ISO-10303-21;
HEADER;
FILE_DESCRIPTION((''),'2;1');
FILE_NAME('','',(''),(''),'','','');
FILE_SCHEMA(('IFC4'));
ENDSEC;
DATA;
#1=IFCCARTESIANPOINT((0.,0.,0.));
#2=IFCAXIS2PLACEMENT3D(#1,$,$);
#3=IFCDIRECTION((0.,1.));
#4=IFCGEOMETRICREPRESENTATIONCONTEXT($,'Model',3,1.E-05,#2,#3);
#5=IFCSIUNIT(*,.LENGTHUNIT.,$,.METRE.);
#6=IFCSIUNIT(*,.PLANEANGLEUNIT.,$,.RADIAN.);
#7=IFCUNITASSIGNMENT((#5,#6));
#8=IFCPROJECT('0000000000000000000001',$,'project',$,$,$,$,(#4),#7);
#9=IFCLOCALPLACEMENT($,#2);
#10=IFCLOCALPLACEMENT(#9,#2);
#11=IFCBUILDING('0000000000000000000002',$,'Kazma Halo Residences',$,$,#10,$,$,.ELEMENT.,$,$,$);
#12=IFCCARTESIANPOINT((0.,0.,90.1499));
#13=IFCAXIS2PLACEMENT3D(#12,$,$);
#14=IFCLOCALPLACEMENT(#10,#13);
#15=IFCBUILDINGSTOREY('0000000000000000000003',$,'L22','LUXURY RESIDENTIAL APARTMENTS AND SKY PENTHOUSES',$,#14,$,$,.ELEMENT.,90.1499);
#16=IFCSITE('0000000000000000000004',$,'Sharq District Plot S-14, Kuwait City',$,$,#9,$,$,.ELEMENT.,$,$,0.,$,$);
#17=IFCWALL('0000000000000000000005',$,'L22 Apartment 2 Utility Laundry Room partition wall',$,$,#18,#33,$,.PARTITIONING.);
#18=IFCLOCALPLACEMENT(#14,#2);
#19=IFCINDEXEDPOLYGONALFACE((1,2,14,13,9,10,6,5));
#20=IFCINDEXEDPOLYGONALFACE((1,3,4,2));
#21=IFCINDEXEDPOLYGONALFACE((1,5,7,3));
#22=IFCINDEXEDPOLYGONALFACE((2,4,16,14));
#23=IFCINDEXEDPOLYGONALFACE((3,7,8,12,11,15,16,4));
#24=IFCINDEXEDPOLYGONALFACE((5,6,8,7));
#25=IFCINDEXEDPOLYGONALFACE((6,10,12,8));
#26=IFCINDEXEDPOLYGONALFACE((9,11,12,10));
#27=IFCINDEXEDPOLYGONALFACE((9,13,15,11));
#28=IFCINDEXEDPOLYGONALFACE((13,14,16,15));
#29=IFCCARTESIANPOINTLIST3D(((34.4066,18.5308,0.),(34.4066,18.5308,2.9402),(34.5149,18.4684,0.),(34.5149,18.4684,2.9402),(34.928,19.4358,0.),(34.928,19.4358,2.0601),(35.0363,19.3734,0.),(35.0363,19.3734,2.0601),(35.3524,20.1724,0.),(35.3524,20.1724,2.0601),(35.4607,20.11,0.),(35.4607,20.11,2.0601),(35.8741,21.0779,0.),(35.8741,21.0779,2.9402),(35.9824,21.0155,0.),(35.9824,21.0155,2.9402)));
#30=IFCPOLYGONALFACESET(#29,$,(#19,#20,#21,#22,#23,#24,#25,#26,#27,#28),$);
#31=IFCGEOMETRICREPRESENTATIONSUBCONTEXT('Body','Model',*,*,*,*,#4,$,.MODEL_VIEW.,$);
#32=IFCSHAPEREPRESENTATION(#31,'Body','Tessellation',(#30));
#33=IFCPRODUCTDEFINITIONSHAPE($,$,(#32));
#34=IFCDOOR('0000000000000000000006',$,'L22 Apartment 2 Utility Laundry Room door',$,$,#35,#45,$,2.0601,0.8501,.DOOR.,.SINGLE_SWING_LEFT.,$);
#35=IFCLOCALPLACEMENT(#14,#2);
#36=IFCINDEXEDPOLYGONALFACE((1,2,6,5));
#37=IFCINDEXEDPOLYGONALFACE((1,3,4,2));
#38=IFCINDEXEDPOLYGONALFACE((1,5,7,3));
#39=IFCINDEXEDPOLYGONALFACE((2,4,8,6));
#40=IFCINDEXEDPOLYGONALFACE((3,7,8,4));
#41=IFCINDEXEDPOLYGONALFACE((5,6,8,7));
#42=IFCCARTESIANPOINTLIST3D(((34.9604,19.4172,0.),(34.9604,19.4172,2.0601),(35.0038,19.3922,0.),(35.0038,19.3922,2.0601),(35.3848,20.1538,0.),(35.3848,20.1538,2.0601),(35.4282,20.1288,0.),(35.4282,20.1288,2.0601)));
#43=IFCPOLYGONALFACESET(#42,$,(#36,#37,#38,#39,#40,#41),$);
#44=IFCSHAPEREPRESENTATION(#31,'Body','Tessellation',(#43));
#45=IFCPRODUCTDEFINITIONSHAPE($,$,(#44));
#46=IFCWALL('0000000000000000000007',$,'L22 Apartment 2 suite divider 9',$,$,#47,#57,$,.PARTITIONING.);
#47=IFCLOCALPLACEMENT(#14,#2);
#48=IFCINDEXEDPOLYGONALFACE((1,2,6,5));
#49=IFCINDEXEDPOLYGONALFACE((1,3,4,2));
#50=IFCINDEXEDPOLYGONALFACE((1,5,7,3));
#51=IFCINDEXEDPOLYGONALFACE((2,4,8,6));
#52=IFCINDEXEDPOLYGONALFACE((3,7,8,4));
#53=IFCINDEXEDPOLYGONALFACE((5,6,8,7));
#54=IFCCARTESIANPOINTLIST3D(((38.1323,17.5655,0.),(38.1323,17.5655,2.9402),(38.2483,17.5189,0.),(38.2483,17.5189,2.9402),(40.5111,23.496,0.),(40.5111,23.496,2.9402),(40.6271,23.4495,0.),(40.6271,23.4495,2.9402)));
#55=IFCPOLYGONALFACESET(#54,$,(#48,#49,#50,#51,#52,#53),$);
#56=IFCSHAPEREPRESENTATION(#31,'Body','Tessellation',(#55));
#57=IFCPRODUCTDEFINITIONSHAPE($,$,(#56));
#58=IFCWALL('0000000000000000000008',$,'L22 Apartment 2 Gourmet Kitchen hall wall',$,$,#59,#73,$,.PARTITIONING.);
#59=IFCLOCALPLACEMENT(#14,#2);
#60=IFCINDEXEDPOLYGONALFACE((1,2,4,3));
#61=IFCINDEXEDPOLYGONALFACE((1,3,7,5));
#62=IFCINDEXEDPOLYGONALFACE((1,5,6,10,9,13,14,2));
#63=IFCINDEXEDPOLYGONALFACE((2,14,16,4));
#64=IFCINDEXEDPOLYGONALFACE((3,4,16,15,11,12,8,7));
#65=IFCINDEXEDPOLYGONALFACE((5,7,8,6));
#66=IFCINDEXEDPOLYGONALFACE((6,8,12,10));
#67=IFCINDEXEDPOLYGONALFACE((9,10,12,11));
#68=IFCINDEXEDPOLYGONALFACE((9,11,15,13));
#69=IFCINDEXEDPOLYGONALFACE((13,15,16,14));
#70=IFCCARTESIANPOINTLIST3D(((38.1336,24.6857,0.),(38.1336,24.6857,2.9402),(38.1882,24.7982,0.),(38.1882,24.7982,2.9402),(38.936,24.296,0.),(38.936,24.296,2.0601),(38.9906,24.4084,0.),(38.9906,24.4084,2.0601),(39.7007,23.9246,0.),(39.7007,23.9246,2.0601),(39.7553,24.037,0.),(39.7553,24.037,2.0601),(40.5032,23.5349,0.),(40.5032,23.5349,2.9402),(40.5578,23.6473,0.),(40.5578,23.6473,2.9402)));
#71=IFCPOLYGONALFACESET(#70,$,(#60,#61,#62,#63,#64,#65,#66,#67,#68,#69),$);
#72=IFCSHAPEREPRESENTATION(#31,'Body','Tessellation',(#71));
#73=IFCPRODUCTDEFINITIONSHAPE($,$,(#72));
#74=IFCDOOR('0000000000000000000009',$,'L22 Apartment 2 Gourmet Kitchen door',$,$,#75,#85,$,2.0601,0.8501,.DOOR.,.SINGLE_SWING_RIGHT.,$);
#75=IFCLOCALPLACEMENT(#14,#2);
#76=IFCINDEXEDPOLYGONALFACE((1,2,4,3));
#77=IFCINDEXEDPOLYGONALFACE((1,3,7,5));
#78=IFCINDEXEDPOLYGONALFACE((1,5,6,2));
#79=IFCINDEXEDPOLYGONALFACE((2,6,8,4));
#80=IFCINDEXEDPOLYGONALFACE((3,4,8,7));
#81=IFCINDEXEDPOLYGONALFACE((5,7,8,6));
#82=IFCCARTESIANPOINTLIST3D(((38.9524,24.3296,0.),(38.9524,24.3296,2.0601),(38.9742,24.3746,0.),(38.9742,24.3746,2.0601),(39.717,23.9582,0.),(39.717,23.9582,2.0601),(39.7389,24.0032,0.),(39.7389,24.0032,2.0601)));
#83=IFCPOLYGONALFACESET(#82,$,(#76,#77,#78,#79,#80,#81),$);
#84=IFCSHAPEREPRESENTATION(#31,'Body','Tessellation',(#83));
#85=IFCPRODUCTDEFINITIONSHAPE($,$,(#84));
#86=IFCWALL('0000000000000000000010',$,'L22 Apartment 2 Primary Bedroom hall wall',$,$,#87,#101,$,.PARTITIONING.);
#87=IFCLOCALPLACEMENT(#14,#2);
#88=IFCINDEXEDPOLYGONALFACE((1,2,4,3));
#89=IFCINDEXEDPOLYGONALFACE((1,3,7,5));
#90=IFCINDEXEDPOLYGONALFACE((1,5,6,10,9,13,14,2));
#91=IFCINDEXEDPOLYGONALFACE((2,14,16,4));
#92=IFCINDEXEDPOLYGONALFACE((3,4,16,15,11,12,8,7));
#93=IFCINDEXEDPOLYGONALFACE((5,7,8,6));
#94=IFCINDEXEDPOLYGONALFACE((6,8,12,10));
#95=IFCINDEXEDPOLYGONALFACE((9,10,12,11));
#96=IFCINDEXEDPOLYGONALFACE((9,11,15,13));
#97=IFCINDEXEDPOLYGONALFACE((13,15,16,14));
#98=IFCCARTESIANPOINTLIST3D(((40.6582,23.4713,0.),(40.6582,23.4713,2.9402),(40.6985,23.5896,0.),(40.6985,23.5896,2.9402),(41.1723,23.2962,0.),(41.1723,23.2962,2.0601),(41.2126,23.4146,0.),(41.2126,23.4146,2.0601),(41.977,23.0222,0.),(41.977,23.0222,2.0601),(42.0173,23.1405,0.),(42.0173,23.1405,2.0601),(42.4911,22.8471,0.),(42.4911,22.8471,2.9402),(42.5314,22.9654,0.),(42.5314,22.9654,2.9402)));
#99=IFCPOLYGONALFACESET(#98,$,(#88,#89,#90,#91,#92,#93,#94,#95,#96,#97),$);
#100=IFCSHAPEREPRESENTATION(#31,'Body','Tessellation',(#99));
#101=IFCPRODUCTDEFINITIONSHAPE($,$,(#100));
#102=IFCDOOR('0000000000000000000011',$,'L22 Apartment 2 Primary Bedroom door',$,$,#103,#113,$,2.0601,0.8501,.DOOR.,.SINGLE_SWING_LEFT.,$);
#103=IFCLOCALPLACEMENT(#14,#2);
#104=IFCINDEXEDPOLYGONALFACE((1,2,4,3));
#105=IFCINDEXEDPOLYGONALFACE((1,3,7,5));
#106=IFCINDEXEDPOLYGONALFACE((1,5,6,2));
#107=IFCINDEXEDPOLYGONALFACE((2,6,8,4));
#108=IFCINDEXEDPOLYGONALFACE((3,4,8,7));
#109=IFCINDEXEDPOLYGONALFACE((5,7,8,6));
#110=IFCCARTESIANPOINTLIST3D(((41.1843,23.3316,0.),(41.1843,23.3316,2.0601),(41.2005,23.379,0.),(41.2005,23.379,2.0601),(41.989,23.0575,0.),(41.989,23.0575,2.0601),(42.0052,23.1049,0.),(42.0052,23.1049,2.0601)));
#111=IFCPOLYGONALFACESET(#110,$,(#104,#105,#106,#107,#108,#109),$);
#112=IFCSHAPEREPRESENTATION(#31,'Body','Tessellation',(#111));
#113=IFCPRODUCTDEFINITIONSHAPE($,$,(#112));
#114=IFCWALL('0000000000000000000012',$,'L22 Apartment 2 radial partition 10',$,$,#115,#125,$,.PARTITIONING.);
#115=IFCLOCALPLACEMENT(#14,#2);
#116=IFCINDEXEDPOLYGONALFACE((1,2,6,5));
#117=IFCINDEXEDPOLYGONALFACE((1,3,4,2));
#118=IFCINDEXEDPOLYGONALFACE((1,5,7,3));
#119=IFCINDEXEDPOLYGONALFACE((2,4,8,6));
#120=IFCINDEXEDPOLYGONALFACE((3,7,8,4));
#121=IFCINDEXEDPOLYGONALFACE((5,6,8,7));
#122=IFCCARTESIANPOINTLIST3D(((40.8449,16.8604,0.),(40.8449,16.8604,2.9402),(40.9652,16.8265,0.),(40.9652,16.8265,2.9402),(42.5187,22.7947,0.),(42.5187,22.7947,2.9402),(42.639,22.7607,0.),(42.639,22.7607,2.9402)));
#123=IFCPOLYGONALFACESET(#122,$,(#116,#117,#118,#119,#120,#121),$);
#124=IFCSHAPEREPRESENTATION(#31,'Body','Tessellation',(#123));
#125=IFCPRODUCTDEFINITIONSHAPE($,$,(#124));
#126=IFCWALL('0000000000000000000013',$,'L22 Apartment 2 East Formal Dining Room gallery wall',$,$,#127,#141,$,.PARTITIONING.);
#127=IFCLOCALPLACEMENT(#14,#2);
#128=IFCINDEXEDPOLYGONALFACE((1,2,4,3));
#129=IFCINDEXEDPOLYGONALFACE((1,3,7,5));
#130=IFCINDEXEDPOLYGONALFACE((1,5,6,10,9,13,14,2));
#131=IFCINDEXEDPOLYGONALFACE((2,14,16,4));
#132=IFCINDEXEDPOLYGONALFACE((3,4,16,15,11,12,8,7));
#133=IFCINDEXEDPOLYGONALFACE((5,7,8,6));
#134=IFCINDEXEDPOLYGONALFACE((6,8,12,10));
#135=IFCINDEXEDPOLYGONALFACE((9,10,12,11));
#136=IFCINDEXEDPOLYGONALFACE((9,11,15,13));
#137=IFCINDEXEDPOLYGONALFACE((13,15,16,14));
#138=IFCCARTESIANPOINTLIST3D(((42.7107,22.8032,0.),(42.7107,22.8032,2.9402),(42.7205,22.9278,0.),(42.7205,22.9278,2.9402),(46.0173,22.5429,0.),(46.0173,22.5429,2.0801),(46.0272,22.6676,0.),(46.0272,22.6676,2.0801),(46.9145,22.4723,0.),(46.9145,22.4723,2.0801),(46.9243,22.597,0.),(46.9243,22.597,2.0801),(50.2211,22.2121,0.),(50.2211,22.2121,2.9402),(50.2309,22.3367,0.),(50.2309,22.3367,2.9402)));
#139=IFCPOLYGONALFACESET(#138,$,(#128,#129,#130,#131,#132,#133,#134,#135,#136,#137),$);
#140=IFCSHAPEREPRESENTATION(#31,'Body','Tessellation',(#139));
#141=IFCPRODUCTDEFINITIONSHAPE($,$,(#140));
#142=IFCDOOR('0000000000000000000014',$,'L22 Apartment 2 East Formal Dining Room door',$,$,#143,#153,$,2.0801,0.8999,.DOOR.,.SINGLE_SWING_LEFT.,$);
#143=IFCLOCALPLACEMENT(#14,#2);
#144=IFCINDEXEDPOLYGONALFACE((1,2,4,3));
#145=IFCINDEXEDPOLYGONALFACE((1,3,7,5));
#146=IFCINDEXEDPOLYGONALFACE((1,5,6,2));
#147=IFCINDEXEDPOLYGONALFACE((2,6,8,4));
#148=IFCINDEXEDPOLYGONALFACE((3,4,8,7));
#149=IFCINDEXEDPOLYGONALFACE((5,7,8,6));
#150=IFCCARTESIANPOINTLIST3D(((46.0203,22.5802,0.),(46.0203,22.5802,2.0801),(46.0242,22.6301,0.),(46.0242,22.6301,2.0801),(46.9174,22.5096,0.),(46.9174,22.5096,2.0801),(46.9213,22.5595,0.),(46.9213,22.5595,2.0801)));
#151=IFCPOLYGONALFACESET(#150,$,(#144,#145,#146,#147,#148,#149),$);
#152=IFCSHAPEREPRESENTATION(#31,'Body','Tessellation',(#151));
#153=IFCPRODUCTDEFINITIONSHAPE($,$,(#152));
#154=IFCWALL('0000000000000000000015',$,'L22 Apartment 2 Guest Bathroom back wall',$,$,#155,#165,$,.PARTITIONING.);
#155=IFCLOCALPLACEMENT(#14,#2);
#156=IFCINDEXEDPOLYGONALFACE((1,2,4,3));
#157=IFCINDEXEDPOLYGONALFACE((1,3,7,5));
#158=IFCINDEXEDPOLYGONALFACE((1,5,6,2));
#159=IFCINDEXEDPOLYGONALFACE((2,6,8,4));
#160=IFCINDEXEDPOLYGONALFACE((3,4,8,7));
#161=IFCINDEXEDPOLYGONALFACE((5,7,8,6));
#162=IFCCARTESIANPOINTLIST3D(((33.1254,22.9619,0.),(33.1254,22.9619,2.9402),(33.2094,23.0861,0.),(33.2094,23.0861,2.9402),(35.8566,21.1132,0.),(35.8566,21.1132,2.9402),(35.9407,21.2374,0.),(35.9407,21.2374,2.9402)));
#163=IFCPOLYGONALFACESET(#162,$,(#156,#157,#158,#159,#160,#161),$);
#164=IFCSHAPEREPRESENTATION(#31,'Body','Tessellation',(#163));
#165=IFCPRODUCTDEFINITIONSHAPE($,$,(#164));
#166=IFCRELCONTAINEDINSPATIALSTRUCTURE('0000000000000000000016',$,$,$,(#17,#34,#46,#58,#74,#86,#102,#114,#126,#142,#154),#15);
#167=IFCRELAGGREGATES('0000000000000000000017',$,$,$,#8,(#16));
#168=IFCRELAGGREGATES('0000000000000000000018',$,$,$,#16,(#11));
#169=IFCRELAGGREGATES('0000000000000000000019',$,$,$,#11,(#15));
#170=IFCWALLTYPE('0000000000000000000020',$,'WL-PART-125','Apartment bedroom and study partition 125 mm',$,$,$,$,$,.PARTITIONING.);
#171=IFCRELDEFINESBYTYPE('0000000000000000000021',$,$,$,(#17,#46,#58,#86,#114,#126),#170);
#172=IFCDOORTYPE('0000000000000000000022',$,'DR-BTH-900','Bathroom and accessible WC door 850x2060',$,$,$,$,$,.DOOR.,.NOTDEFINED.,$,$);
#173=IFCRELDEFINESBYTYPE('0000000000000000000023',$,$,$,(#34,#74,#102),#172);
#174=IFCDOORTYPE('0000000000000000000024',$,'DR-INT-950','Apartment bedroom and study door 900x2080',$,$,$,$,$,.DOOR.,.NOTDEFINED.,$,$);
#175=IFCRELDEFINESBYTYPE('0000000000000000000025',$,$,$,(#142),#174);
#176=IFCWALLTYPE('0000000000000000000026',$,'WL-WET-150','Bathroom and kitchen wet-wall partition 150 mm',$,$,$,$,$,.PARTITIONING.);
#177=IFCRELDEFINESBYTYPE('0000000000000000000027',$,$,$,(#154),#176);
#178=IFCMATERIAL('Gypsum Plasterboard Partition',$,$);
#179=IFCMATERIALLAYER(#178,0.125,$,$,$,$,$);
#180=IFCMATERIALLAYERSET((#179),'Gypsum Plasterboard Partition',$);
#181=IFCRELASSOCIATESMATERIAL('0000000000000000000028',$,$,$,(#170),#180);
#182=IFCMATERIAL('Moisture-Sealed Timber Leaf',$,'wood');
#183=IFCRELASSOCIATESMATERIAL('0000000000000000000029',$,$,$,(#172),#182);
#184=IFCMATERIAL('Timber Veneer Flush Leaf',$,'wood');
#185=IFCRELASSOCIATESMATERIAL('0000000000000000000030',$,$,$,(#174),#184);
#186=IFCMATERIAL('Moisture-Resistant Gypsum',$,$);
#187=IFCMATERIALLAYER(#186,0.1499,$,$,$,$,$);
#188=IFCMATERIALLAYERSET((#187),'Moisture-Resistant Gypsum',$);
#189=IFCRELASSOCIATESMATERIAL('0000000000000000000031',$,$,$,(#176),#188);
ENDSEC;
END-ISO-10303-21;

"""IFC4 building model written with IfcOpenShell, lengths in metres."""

from ifc_helpers import new_model, si_unit, direction, frame, frame_2d, origin, place, context, subcontext, project, spatial, rectangle, extrude, material, layer, layer_set, type_object, element, fill, save


model = new_model("IFC4")

# Units and contexts
model_context = context("Model", 3, precision=1e-05, world=origin(), true_north=direction((0.0, 1.0)))
body_context = subcontext(model_context, "Body", "Model", "MODEL_VIEW")
ifc_project = project(units=[si_unit("LENGTHUNIT", "METRE"), si_unit("PLANEANGLEUNIT", "RADIAN")], contexts=[model_context])

# Site, building, storey
site_placement = place(None, origin())
site = spatial("IfcSite", under=ifc_project, at=site_placement, Name="Sharq District Plot S-14, Kuwait City", CompositionType="ELEMENT", RefElevation=0.0)
building_placement = place(site_placement, origin())
building = spatial("IfcBuilding", under=site, at=building_placement, Name="Kazma Halo Residences", CompositionType="ELEMENT")
storey_placement = place(building_placement, frame((0.0, 0.0, 90.1499)))
storey = spatial("IfcBuildingStorey", under=building, at=storey_placement, Name="L22", Description="LUXURY RESIDENTIAL APARTMENTS AND SKY PENTHOUSES", CompositionType="ELEMENT", Elevation=90.1499)

# Wall, opening, door
ifc_material_1 = material(Name="Gypsum Plasterboard Partition")
ifc_layer_1 = layer(ifc_material_1, 0.125)
ifc_layer_set_1 = layer_set([ifc_layer_1], Name="Gypsum Plasterboard Partition")
wall_type_1 = type_object("IfcWallType", Name="WL-PART-125", Description="Apartment bedroom and study partition 125 mm", PredefinedType="PARTITIONING", material=ifc_layer_set_1)
wall_1_placement = place(storey_placement, frame((35.9282, 21.0466, 0.0), z_axis=(0.0, 0.0, 1.0), x_axis=(-0.499221, -0.866474, 0.0)))
wall_1 = element("IfcWall", 1, at=wall_1_placement, inside=storey, type_object=wall_type_1, Name="L22 Apartment 2 Utility Laundry Room partition wall", PredefinedType="PARTITIONING", context=body_context, shape_type="SweptSolid", body=[
    extrude(rectangle(XDim=2.9397, YDim=0.125, at=frame_2d((1.4697, 0.0))), origin(), (0.0, 0.0, 1.0), 2.9402),
])
opening_1_placement = place(wall_1_placement, frame((1.0449, 0.0, 0.0)))
opening_1 = element("IfcOpeningElement", 2, at=opening_1_placement, cuts=wall_1, PredefinedType="OPENING", context=body_context, shape_type="SweptSolid", body=[
    extrude(rectangle(XDim=0.8501, YDim=2.0601, at=frame_2d((0.425, 1.03))), frame((0.0, 0.0725, 0.0), z_axis=(0.0, -1.0, 0.0), x_axis=(1.0, 0.0, 0.0)), (0.0, 0.0, 1.0), 0.145),
])
ifc_material_2 = material(Name="Moisture-Sealed Timber Leaf", Category="wood")
door_type_1 = type_object("IfcDoorType", Name="DR-BTH-900", Description="Bathroom and accessible WC door 850x2060", OperationType="NOTDEFINED", PredefinedType="DOOR", material=ifc_material_2)
door_1_placement = place(opening_1_placement, origin())
door_1 = element("IfcDoor", 3, at=door_1_placement, inside=storey, type_object=door_type_1, Name="L22 Apartment 2 Utility Laundry Room door", OperationType="SINGLE_SWING_LEFT", OverallHeight=2.0601, OverallWidth=0.8501, PredefinedType="DOOR", context=body_context, shape_type="SweptSolid", body=[
    extrude(rectangle(XDim=0.8501, YDim=2.0601, at=frame_2d((0.425, 1.03))), frame((0.0, 0.0249, 0.0), z_axis=(0.0, -1.0, 0.0), x_axis=(1.0, 0.0, 0.0)), (0.0, 0.0, 1.0), 0.05),
])
fill(opening_1, door_1)

# Wall
wall_2_placement = place(storey_placement, frame((40.5691, 23.4727, 0.0), z_axis=(0.0, 0.0, 1.0), x_axis=(-0.372286, -0.928118, 0.0)))
element("IfcWall", 4, at=wall_2_placement, inside=storey, type_object=wall_type_1, Name="L22 Apartment 2 suite divider 9", PredefinedType="PARTITIONING", context=body_context, shape_type="SweptSolid", body=[
    extrude(rectangle(XDim=6.3899, YDim=0.125, at=frame_2d((3.1948, 0.0))), origin(), (0.0, 0.0, 1.0), 2.9402),
])

# Walls, openings, doors
wall_3_placement = place(storey_placement, frame((38.1609, 24.7419, 0.0), z_axis=(0.0, 0.0, 1.0), x_axis=(0.899521, -0.436878, 0.0)))
wall_3 = element("IfcWall", 5, at=wall_3_placement, inside=storey, type_object=wall_type_1, Name="L22 Apartment 2 Gourmet Kitchen hall wall", PredefinedType="PARTITIONING", context=body_context, shape_type="SweptSolid", body=[
    extrude(rectangle(XDim=2.6343, YDim=0.125, at=frame_2d((1.3171, 0.0))), origin(), (0.0, 0.0, 1.0), 2.9402),
])
opening_2_placement = place(wall_3_placement, frame((0.8921, 0.0, 0.0)))
opening_2 = element("IfcOpeningElement", 6, at=opening_2_placement, cuts=wall_3, PredefinedType="OPENING", context=body_context, shape_type="SweptSolid", body=[
    extrude(rectangle(XDim=0.8501, YDim=2.0601, at=frame_2d((0.425, 1.03))), frame((0.0, 0.0725, 0.0), z_axis=(0.0, -1.0, 0.0), x_axis=(1.0, 0.0, 0.0)), (0.0, 0.0, 1.0), 0.145),
])
door_2_placement = place(opening_2_placement, origin())
door_2 = element("IfcDoor", 7, at=door_2_placement, inside=storey, type_object=door_type_1, Name="L22 Apartment 2 Gourmet Kitchen door", OperationType="SINGLE_SWING_RIGHT", OverallHeight=2.0601, OverallWidth=0.8501, PredefinedType="DOOR", context=body_context, shape_type="SweptSolid", body=[
    extrude(rectangle(XDim=0.8501, YDim=2.0601, at=frame_2d((0.425, 1.03))), frame((0.0, 0.0249, 0.0), z_axis=(0.0, -1.0, 0.0), x_axis=(1.0, 0.0, 0.0)), (0.0, 0.0, 1.0), 0.05),
])
fill(opening_2, door_2)
wall_4_placement = place(storey_placement, frame((40.6782, 23.5305, 0.0), z_axis=(0.0, 0.0, 1.0), x_axis=(0.946608, -0.322386, 0.0)))
wall_4 = element("IfcWall", 8, at=wall_4_placement, inside=storey, type_object=wall_type_1, Name="L22 Apartment 2 Primary Bedroom hall wall", PredefinedType="PARTITIONING", context=body_context, shape_type="SweptSolid", body=[
    extrude(rectangle(XDim=1.9363, YDim=0.125, at=frame_2d((0.9683, 0.0))), origin(), (0.0, 0.0, 1.0), 2.9402),
])
opening_3_placement = place(wall_4_placement, frame((0.5432, 0.0, 0.0)))
opening_3 = element("IfcOpeningElement", 9, at=opening_3_placement, cuts=wall_4, PredefinedType="OPENING", context=body_context, shape_type="SweptSolid", body=[
    extrude(rectangle(XDim=0.8501, YDim=2.0601, at=frame_2d((0.425, 1.03))), frame((0.0, 0.0725, 0.0), z_axis=(0.0, -1.0, 0.0), x_axis=(1.0, 0.0, 0.0)), (0.0, 0.0, 1.0), 0.145),
])
door_3_placement = place(opening_3_placement, origin())
door_3 = element("IfcDoor", 10, at=door_3_placement, inside=storey, type_object=door_type_1, Name="L22 Apartment 2 Primary Bedroom door", OperationType="SINGLE_SWING_LEFT", OverallHeight=2.0601, OverallWidth=0.8501, PredefinedType="DOOR", context=body_context, shape_type="SweptSolid", body=[
    extrude(rectangle(XDim=0.8501, YDim=2.0601, at=frame_2d((0.425, 1.03))), frame((0.0, 0.0249, 0.0), z_axis=(0.0, -1.0, 0.0), x_axis=(1.0, 0.0, 0.0)), (0.0, 0.0, 1.0), 0.05),
])
fill(opening_3, door_3)

# Wall
wall_5_placement = place(storey_placement, frame((42.5789, 22.7778, 0.0), z_axis=(0.0, 0.0, 1.0), x_axis=(-0.271467, -0.962448, 0.0)))
element("IfcWall", 11, at=wall_5_placement, inside=storey, type_object=wall_type_1, Name="L22 Apartment 2 radial partition 10", PredefinedType="PARTITIONING", context=body_context, shape_type="SweptSolid", body=[
    extrude(rectangle(XDim=6.1658, YDim=0.125, at=frame_2d((3.083, 0.0))), origin(), (0.0, 0.0, 1.0), 2.9402),
])

# Wall, opening, door
wall_6_placement = place(storey_placement, frame((42.7156, 22.8655, 0.0), z_axis=(0.0, 0.0, 1.0), x_axis=(0.996918, -0.078456, 0.0)))
wall_6 = element("IfcWall", 12, at=wall_6_placement, inside=storey, type_object=wall_type_1, Name="L22 Apartment 2 East Formal Dining Room gallery wall", PredefinedType="PARTITIONING", context=body_context, shape_type="SweptSolid", body=[
    extrude(rectangle(XDim=7.5337, YDim=0.125, at=frame_2d((3.7668, 0.0))), origin(), (0.0, 0.0, 1.0), 2.9402),
])
opening_4_placement = place(wall_6_placement, frame((3.3169, 0.0, 0.0)))
opening_4 = element("IfcOpeningElement", 13, at=opening_4_placement, cuts=wall_6, PredefinedType="OPENING", context=body_context, shape_type="SweptSolid", body=[
    extrude(rectangle(XDim=0.8999, YDim=2.0801, at=frame_2d((0.45, 1.04))), frame((0.0, 0.0725, 0.0), z_axis=(0.0, -1.0, 0.0), x_axis=(1.0, 0.0, 0.0)), (0.0, 0.0, 1.0), 0.145),
])
ifc_material_3 = material(Name="Timber Veneer Flush Leaf", Category="wood")
door_type_2 = type_object("IfcDoorType", Name="DR-INT-950", Description="Apartment bedroom and study door 900x2080", OperationType="NOTDEFINED", PredefinedType="DOOR", material=ifc_material_3)
door_4_placement = place(opening_4_placement, origin())
door_4 = element("IfcDoor", 14, at=door_4_placement, inside=storey, type_object=door_type_2, Name="L22 Apartment 2 East Formal Dining Room door", OperationType="SINGLE_SWING_LEFT", OverallHeight=2.0801, OverallWidth=0.8999, PredefinedType="DOOR", context=body_context, shape_type="SweptSolid", body=[
    extrude(rectangle(XDim=0.8999, YDim=2.0801, at=frame_2d((0.45, 1.04))), frame((0.0, 0.0249, 0.0), z_axis=(0.0, -1.0, 0.0), x_axis=(1.0, 0.0, 0.0)), (0.0, 0.0, 1.0), 0.05),
])
fill(opening_4, door_4)

# Wall
ifc_material_4 = material(Name="Moisture-Resistant Gypsum")
ifc_layer_2 = layer(ifc_material_4, 0.1499)
ifc_layer_set_2 = layer_set([ifc_layer_2], Name="Moisture-Resistant Gypsum")
wall_type_2 = type_object("IfcWallType", Name="WL-WET-150", Description="Bathroom and kitchen wet-wall partition 150 mm", PredefinedType="PARTITIONING", material=ifc_layer_set_2)
wall_7_placement = place(storey_placement, frame((33.1675, 23.0239, 0.0), z_axis=(0.0, 0.0, 1.0), x_axis=(0.828135, -0.560529, 0.0)))
element("IfcWall", 15, at=wall_7_placement, inside=storey, type_object=wall_type_2, Name="L22 Apartment 2 Guest Bathroom back wall", PredefinedType="PARTITIONING", context=body_context, shape_type="SweptSolid", body=[
    extrude(rectangle(XDim=3.2981, YDim=0.1499, at=frame_2d((1.6489, 0.0))), origin(), (0.0, 0.0, 1.0), 2.9402),
])

save(model, "model.ifc")
